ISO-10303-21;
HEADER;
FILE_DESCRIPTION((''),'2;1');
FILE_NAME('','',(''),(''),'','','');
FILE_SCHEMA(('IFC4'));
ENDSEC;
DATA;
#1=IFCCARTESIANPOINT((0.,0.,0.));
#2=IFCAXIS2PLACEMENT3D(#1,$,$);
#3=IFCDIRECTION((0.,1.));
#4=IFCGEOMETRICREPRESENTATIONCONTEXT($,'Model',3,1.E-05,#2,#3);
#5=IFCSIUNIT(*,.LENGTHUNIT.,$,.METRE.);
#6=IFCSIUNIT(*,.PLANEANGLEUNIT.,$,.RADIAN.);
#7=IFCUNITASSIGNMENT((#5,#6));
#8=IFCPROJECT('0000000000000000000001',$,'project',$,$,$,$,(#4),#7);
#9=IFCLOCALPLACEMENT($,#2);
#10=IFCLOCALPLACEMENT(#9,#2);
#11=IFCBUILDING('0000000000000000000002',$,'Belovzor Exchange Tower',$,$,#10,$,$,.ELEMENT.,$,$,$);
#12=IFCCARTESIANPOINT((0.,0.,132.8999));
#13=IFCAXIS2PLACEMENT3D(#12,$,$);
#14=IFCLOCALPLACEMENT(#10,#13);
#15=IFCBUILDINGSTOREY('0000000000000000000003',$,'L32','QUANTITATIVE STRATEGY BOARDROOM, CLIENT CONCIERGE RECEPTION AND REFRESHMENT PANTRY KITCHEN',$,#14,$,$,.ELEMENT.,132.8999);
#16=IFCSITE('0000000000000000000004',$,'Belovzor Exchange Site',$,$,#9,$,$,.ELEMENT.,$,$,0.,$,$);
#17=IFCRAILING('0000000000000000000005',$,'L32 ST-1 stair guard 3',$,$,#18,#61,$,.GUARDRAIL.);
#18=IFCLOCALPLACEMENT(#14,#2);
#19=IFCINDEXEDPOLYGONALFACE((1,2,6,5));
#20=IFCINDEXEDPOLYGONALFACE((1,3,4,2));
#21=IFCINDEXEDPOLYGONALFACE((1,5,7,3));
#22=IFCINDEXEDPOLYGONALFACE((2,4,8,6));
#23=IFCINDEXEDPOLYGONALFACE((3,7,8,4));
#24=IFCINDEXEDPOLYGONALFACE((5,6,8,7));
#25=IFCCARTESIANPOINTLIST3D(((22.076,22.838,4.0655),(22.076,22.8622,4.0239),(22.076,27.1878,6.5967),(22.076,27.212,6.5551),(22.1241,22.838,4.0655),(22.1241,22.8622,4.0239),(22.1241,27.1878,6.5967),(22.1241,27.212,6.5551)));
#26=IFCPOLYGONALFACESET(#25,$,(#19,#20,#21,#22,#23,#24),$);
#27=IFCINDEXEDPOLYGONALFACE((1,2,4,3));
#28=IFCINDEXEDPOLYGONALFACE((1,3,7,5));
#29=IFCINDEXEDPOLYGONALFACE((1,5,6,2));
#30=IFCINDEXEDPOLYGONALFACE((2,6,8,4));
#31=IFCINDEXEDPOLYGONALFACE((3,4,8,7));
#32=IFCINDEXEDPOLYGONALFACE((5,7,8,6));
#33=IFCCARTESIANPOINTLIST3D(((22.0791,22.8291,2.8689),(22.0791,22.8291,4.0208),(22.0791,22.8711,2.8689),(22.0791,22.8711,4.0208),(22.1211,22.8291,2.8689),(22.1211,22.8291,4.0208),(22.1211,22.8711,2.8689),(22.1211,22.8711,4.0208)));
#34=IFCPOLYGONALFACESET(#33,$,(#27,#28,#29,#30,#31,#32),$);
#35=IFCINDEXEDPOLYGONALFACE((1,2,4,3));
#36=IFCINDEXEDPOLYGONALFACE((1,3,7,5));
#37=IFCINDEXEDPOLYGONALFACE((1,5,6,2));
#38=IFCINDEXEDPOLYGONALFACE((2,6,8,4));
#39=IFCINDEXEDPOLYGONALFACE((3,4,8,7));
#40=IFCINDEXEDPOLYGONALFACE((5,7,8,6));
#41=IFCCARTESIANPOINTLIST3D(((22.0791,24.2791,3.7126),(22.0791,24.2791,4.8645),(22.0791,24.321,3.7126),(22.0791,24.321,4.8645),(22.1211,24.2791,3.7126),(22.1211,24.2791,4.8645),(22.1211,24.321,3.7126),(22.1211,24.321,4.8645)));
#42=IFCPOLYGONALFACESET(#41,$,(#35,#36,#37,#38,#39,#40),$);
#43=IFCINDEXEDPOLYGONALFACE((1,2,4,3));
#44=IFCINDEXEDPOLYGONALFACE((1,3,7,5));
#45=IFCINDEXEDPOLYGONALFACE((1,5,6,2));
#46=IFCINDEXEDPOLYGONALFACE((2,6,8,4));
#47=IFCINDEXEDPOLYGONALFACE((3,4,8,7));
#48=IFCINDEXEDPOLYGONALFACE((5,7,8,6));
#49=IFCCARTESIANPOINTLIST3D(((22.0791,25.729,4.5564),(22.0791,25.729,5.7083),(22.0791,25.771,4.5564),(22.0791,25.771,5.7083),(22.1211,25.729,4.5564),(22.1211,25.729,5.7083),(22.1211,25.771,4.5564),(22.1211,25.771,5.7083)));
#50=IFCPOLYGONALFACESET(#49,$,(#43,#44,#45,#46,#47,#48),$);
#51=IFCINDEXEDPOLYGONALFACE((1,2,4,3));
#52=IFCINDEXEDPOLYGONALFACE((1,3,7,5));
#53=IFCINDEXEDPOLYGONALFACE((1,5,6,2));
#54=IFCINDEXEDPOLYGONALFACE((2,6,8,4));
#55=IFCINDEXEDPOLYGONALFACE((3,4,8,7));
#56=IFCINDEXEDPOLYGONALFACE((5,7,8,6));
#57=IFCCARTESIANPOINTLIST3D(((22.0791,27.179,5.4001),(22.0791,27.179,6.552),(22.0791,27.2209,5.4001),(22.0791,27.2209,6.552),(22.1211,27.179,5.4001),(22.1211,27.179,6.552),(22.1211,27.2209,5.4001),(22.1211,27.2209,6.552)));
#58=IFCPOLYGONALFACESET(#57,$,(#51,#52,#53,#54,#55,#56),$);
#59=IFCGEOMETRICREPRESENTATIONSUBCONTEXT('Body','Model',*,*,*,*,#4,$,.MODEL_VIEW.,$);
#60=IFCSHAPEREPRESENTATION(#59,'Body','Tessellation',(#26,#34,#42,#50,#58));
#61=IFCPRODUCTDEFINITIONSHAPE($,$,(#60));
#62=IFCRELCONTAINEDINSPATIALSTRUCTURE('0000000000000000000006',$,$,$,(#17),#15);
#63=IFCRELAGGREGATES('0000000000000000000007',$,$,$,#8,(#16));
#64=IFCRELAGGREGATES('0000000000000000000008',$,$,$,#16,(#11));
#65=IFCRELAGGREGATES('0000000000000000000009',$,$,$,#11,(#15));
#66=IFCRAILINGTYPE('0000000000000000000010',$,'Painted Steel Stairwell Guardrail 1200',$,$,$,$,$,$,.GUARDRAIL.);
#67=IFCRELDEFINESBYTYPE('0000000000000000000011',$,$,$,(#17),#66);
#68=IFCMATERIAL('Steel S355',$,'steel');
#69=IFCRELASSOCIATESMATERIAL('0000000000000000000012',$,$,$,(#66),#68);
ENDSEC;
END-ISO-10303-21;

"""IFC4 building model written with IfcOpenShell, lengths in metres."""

from ifc_helpers import new_model, si_unit, direction, frame, origin, origin_2d, place, context, subcontext, project, spatial, rectangle, extrude, material, type_object, element, save


model = new_model("IFC4")

# Units and contexts
model_context = context("Model", 3, precision=1e-05, world=origin(), true_north=direction((0.0, 1.0)))
body_context = subcontext(model_context, "Body", "Model", "MODEL_VIEW")
ifc_project = project(units=[si_unit("LENGTHUNIT", "METRE"), si_unit("PLANEANGLEUNIT", "RADIAN")], contexts=[model_context])

# Site, building, storey
site_placement = place(None, origin())
site = spatial("IfcSite", under=ifc_project, at=site_placement, Name="Belovzor Exchange Site", CompositionType="ELEMENT", RefElevation=0.0)
building_placement = place(site_placement, origin())
building = spatial("IfcBuilding", under=site, at=building_placement, Name="Belovzor Exchange Tower", CompositionType="ELEMENT")
storey_placement = place(building_placement, frame((0.0, 0.0, 132.8999)))
storey = spatial("IfcBuildingStorey", under=building, at=storey_placement, Name="L32", Description="QUANTITATIVE STRATEGY BOARDROOM, CLIENT CONCIERGE RECEPTION AND REFRESHMENT PANTRY KITCHEN", CompositionType="ELEMENT", Elevation=132.8999)

# Railing
ifc_material_1 = material(Name="Steel S355", Category="steel")
railing_type_1 = type_object("IfcRailingType", Name="Painted Steel Stairwell Guardrail 1200", PredefinedType="GUARDRAIL", material=ifc_material_1)
railing_1_placement = place(storey_placement, frame((22.1001, 22.8501, 2.8689)))
element("IfcRailing", 1, at=railing_1_placement, inside=storey, type_object=railing_type_1, Name="L32 ST-1 stair guard 3", PredefinedType="GUARDRAIL", context=body_context, shape_type="SweptSolid", body=[
    extrude(rectangle(XDim=0.0481, YDim=0.0481, at=origin_2d()), frame((0.0, 0.0, 1.1758), z_axis=(0.0, 0.864312, 0.502957), x_axis=(-1.0, 0.0, 0.0)), (0.0, 0.0, 1.0), 5.0327),
    extrude(rectangle(XDim=0.042, YDim=0.042, at=origin_2d()), origin(), (0.0, 0.0, 1.0), 1.1519),
    extrude(rectangle(XDim=0.042, YDim=0.042, at=origin_2d()), frame((0.0, 1.45, 0.8438)), (0.0, 0.0, 1.0), 1.1519),
    extrude(rectangle(XDim=0.042, YDim=0.042, at=origin_2d()), frame((0.0, 2.8999, 1.6875)), (0.0, 0.0, 1.0), 1.1519),
    extrude(rectangle(XDim=0.042, YDim=0.042, at=origin_2d()), frame((0.0, 4.3499, 2.5312)), (0.0, 0.0, 1.0), 1.1519),
])

save(model, "model.ifc")
